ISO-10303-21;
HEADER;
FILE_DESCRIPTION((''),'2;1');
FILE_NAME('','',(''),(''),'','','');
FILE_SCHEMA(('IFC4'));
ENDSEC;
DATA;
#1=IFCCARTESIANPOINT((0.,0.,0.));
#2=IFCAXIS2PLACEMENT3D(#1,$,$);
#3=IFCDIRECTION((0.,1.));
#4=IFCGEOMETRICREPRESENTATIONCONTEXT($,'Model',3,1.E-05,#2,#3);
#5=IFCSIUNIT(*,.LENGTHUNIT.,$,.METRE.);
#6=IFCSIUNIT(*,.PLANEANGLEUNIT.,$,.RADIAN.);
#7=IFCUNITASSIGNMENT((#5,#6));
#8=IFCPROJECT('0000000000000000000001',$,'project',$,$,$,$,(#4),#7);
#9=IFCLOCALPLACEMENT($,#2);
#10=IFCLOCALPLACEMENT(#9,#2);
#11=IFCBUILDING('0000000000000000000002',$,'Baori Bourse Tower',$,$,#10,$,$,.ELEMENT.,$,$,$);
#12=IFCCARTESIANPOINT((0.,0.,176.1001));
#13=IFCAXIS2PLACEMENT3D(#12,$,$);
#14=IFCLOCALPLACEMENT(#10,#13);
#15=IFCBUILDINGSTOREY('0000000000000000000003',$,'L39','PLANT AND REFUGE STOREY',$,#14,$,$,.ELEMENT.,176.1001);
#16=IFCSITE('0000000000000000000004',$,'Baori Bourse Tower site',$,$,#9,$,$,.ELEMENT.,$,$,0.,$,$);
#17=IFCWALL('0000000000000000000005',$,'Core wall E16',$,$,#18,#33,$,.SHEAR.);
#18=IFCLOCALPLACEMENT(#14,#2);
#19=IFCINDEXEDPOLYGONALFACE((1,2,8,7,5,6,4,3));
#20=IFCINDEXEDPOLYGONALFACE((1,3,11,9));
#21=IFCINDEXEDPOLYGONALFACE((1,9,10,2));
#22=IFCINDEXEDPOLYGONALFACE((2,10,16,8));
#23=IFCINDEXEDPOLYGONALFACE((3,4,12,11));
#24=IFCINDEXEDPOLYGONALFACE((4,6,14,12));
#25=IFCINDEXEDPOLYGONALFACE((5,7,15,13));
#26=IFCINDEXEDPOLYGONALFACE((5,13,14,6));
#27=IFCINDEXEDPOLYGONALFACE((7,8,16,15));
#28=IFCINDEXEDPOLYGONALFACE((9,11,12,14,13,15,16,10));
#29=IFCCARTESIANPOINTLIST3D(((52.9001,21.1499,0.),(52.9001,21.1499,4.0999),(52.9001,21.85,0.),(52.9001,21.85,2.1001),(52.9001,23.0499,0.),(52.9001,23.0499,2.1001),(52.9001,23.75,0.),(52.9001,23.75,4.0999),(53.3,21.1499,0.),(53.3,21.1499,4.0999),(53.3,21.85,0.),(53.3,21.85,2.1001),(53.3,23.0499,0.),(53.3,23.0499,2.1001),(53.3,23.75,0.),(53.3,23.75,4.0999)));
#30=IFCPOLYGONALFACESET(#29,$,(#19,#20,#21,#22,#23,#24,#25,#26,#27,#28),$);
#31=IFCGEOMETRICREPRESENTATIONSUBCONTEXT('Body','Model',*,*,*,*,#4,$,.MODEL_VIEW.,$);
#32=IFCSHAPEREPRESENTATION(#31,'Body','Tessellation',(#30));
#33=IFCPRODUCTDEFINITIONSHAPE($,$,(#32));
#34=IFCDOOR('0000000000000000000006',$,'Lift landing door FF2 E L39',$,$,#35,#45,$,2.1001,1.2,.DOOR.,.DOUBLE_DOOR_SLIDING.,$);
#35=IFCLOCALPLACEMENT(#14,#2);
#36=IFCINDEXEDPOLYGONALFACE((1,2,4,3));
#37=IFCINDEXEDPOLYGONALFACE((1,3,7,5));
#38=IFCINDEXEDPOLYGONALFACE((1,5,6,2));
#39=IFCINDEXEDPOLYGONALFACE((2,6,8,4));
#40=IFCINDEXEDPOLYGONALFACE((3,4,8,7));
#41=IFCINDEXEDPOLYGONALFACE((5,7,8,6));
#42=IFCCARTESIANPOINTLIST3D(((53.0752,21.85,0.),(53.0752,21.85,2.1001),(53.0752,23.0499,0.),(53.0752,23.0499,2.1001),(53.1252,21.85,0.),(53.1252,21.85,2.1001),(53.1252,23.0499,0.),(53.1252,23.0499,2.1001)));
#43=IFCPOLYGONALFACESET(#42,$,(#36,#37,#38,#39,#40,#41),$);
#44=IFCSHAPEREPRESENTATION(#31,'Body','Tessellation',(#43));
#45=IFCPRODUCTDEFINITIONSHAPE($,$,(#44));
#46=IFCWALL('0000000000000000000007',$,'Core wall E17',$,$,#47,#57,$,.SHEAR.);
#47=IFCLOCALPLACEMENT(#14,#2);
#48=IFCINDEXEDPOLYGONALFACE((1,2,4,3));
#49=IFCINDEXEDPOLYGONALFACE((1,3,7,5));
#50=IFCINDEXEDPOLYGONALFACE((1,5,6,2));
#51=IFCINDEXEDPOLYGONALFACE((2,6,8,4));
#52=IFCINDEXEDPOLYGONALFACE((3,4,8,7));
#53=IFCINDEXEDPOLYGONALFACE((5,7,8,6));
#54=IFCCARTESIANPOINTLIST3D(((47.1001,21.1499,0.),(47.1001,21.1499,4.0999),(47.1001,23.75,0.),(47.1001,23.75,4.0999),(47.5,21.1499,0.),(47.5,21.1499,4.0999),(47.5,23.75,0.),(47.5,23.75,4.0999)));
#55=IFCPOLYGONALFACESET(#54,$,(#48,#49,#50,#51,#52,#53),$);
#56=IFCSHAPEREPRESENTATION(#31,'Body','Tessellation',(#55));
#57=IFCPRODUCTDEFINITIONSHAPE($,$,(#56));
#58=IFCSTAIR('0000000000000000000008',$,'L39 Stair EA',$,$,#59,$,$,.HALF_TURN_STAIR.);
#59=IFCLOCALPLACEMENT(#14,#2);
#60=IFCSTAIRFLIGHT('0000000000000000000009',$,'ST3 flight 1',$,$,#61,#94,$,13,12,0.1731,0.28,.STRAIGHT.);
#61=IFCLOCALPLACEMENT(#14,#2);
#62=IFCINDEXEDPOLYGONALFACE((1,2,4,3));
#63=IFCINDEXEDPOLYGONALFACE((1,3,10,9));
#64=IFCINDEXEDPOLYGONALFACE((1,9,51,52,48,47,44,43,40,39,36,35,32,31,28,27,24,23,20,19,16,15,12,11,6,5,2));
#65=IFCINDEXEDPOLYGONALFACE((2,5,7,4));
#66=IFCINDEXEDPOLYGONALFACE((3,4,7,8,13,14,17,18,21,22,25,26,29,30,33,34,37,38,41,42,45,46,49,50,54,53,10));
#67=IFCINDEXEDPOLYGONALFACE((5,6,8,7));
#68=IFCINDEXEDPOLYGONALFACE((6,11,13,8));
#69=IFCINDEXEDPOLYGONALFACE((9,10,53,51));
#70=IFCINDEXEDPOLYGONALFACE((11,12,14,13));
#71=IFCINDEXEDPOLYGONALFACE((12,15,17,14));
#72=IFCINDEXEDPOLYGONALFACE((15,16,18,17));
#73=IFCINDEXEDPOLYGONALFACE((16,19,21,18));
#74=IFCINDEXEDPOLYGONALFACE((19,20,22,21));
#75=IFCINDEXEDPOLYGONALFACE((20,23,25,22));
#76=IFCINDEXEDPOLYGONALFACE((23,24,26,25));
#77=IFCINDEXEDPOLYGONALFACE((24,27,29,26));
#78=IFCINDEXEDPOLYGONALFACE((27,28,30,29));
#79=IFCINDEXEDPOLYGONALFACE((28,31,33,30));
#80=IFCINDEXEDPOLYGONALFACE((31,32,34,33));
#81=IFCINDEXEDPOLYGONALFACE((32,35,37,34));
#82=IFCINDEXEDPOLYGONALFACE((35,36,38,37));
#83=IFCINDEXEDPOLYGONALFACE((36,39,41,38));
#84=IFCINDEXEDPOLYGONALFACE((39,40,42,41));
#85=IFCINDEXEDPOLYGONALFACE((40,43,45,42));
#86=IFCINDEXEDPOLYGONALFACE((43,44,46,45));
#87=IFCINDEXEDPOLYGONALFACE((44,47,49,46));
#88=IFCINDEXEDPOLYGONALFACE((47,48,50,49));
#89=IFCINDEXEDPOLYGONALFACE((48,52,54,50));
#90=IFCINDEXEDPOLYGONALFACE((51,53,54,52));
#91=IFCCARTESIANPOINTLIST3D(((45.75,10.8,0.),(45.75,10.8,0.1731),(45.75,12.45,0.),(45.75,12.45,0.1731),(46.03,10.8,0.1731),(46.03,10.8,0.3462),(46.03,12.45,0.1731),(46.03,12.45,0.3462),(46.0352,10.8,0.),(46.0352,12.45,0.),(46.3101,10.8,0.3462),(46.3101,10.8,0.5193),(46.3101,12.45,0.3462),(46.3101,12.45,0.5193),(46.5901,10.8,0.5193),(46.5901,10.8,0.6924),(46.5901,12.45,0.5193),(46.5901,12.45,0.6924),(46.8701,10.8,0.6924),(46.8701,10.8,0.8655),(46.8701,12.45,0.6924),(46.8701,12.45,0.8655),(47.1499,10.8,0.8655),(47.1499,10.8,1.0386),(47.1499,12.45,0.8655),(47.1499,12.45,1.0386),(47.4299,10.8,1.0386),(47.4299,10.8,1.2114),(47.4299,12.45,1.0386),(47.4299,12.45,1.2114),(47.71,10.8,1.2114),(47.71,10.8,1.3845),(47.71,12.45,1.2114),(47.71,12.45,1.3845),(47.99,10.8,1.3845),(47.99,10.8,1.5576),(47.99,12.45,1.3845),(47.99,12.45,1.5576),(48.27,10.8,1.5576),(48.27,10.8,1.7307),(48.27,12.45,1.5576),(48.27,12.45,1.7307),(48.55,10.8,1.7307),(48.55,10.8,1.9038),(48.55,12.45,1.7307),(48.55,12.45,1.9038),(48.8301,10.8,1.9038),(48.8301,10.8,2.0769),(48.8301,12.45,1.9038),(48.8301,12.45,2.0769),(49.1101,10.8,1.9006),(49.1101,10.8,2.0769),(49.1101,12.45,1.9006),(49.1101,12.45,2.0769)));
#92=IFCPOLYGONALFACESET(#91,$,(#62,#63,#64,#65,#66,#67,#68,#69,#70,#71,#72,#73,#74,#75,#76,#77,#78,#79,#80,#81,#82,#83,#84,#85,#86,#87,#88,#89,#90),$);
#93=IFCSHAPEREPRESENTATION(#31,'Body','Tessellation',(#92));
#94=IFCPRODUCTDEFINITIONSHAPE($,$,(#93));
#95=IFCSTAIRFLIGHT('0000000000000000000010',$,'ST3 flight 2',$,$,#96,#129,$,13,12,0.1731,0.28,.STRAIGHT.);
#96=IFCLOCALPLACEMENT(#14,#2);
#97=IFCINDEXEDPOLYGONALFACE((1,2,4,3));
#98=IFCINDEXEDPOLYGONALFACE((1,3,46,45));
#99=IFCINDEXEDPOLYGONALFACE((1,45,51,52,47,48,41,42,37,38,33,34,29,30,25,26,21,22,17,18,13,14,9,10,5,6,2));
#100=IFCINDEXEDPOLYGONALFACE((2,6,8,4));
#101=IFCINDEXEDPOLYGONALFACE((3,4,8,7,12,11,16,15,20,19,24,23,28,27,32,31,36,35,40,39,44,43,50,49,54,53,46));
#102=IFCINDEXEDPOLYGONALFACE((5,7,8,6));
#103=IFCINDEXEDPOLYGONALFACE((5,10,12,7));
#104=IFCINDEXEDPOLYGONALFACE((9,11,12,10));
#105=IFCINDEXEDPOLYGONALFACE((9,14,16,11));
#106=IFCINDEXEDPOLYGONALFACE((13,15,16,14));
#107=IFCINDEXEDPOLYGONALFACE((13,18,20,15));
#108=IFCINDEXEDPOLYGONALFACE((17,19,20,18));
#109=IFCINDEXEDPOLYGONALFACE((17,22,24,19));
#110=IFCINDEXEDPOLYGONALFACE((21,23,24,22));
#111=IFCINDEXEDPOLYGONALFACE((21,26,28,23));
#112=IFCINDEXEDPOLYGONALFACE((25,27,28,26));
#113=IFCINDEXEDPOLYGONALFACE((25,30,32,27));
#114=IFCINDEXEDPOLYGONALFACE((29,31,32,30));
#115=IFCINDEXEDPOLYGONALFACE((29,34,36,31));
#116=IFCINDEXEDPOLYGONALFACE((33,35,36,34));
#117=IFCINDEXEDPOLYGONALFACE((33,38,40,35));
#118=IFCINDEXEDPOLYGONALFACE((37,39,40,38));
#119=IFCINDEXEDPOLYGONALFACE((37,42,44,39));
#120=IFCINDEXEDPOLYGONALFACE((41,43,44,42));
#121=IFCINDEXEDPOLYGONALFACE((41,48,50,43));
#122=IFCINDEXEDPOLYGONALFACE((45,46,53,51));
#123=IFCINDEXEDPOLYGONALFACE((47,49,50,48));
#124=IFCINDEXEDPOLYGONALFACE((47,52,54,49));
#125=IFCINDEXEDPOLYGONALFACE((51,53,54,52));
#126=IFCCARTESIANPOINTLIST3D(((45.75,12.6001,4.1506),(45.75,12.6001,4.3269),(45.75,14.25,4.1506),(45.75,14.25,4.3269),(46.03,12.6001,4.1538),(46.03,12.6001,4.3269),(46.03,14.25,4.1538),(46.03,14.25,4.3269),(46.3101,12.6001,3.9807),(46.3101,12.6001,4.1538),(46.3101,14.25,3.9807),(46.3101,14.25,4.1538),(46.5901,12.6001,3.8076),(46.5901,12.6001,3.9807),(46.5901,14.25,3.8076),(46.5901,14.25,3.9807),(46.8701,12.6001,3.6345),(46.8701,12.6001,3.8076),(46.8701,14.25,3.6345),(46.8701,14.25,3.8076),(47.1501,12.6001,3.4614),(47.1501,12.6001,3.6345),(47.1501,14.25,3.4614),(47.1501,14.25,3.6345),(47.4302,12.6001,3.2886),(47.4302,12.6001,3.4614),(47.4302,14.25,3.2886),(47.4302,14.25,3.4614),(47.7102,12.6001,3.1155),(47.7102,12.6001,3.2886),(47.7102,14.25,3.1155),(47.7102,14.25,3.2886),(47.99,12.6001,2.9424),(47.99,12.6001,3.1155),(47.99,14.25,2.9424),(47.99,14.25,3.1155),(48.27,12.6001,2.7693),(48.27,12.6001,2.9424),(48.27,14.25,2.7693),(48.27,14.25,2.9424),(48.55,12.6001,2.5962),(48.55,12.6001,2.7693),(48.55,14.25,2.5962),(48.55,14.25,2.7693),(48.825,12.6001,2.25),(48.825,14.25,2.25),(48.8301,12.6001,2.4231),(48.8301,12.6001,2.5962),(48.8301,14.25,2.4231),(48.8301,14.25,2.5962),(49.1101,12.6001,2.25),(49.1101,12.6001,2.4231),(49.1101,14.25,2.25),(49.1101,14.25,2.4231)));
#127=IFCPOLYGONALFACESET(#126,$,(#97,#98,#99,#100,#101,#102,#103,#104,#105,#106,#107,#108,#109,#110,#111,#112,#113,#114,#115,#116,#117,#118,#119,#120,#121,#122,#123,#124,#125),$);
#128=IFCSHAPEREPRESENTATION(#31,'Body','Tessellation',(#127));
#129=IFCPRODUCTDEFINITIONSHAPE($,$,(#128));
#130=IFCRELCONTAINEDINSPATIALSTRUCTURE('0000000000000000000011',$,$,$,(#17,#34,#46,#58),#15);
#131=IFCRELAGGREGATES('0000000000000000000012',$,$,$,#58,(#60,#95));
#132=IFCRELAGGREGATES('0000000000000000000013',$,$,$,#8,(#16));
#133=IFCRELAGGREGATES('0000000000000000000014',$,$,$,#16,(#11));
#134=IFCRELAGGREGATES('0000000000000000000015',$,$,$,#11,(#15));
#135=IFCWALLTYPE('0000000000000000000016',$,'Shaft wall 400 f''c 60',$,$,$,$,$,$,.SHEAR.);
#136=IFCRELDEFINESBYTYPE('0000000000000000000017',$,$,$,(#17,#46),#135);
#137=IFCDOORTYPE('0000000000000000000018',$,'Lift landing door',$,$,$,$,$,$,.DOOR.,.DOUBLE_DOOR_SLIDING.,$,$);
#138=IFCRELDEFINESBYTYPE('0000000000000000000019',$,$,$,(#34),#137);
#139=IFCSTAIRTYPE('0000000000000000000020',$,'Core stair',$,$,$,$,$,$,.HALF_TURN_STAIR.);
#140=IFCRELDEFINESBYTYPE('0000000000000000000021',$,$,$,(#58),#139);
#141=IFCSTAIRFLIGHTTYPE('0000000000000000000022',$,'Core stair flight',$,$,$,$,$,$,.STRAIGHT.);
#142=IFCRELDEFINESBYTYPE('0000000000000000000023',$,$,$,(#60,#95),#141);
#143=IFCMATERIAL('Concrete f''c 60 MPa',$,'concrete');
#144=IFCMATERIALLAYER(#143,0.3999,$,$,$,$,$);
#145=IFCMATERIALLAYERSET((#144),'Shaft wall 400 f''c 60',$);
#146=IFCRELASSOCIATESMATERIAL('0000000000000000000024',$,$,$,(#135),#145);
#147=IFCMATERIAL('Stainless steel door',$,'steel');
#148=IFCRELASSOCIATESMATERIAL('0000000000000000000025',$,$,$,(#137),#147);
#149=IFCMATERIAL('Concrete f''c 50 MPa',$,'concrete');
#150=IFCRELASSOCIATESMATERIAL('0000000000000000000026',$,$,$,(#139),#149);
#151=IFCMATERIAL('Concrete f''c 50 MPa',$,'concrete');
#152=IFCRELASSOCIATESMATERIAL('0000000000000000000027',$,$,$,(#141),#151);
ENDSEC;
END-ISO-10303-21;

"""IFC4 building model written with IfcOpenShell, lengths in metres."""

from ifc_helpers import new_model, si_unit, direction, frame, frame_2d, origin, place, context, subcontext, project, spatial, polyline, rectangle, outline, extrude, material, layer, layer_set, type_object, element, fill, aggregate, save


model = new_model("IFC4")

# Units and contexts
model_context = context("Model", 3, precision=1e-05, world=origin(), true_north=direction((0.0, 1.0)))
body_context = subcontext(model_context, "Body", "Model", "MODEL_VIEW")
ifc_project = project(units=[si_unit("LENGTHUNIT", "METRE"), si_unit("PLANEANGLEUNIT", "RADIAN")], contexts=[model_context])

# Site, building, storey
site_placement = place(None, origin())
site = spatial("IfcSite", under=ifc_project, at=site_placement, Name="Baori Bourse Tower site", CompositionType="ELEMENT", RefElevation=0.0)
building_placement = place(site_placement, origin())
building = spatial("IfcBuilding", under=site, at=building_placement, Name="Baori Bourse Tower", CompositionType="ELEMENT")
storey_placement = place(building_placement, frame((0.0, 0.0, 176.1001)))
storey = spatial("IfcBuildingStorey", under=building, at=storey_placement, Name="L39", Description="PLANT AND REFUGE STOREY", CompositionType="ELEMENT", Elevation=176.1001)

# Shared definitions
ifc_material_1 = material(Name="Concrete f'c 60 MPa", Category="concrete")
ifc_layer_1 = layer(ifc_material_1, 0.3999)
ifc_layer_set_1 = layer_set([ifc_layer_1], Name="Shaft wall 400 f'c 60")
wall_type_1 = type_object("IfcWallType", Name="Shaft wall 400 f'c 60", PredefinedType="SHEAR", material=ifc_layer_set_1)

# Wall, opening, door
wall_1_placement = place(storey_placement, frame((53.1001, 21.1499, 0.0), z_axis=(0.0, 0.0, 1.0), x_axis=(0.0, 1.0, 0.0)))
wall_1 = element("IfcWall", 1, at=wall_1_placement, inside=storey, type_object=wall_type_1, Name="Core wall E16", PredefinedType="SHEAR", context=body_context, shape_type="SweptSolid", body=[
    extrude(rectangle(XDim=2.6001, YDim=0.3999, at=frame_2d((1.3, 0.0))), origin(), (0.0, 0.0, 1.0), 4.0999),
])
opening_1_placement = place(wall_1_placement, frame((0.7, 0.0, 0.0)))
opening_1 = element("IfcOpeningElement", 2, at=opening_1_placement, cuts=wall_1, PredefinedType="OPENING", context=body_context, shape_type="SweptSolid", body=[
    extrude(rectangle(XDim=1.2, YDim=2.1001, at=frame_2d((0.6001, 1.05))), frame((0.0, 0.21, 0.0), z_axis=(0.0, -1.0, 0.0), x_axis=(1.0, 0.0, 0.0)), (0.0, 0.0, 1.0), 0.4199),
])
ifc_material_2 = material(Name="Stainless steel door", Category="steel")
door_type_1 = type_object("IfcDoorType", Name="Lift landing door", OperationType="DOUBLE_DOOR_SLIDING", PredefinedType="DOOR", material=ifc_material_2)
door_1_placement = place(opening_1_placement, origin())
door_1 = element("IfcDoor", 3, at=door_1_placement, inside=storey, type_object=door_type_1, Name="Lift landing door FF2 E L39", OperationType="DOUBLE_DOOR_SLIDING", OverallHeight=2.1001, OverallWidth=1.2, PredefinedType="DOOR", context=body_context, shape_type="SweptSolid", body=[
    extrude(rectangle(XDim=1.2, YDim=2.1001, at=frame_2d((0.6001, 1.05))), frame((0.0, 0.0249, 0.0), z_axis=(0.0, -1.0, 0.0), x_axis=(1.0, 0.0, 0.0)), (0.0, 0.0, 1.0), 0.05),
])
fill(opening_1, door_1)

# Wall
wall_2_placement = place(storey_placement, frame((47.3, 21.1499, 0.0), z_axis=(0.0, 0.0, 1.0), x_axis=(0.0, 1.0, 0.0)))
element("IfcWall", 4, at=wall_2_placement, inside=storey, type_object=wall_type_1, Name="Core wall E17", PredefinedType="SHEAR", context=body_context, shape_type="SweptSolid", body=[
    extrude(rectangle(XDim=2.6001, YDim=0.3999, at=frame_2d((1.3, 0.0))), origin(), (0.0, 0.0, 1.0), 4.0999),
])

# Stair, stair flights
ifc_material_3 = material(Name="Concrete f'c 50 MPa", Category="concrete")
stair_type = type_object("IfcStairType", Name="Core stair", PredefinedType="HALF_TURN_STAIR", material=ifc_material_3)
stair_placement = place(storey_placement, origin())
stair = element("IfcStair", 5, at=stair_placement, inside=storey, type_object=stair_type, Name="L39 Stair EA", PredefinedType="HALF_TURN_STAIR")
ifc_material_4 = material(Name="Concrete f'c 50 MPa", Category="concrete")
stair_flight_type = type_object("IfcStairFlightType", Name="Core stair flight", PredefinedType="STRAIGHT", material=ifc_material_4)
stair_flight_1_placement = place(storey_placement, frame((45.75, 11.625, 0.0), z_axis=(0.0, 0.0, 1.0), x_axis=(1.0, 0.0, 0.0)))
stair_flight_1 = element("IfcStairFlight", 6, at=stair_flight_1_placement, type_object=stair_flight_type, Name="ST3 flight 1", NumberOfRisers=13, NumberOfTreads=12, PredefinedType="STRAIGHT", RiserHeight=0.1731, TreadLength=0.28, context=body_context, shape_type="SweptSolid", body=[
    extrude(outline(polyline([(0.0, 0.0), (0.0, 0.1731), (0.28, 0.1731), (0.28, 0.3462), (0.5601, 0.3462), (0.5601, 0.5193), (0.8401, 0.5193), (0.8401, 0.6924), (1.1201, 0.6924), (1.1201, 0.8655), (1.3999, 0.8655), (1.3999, 1.0386), (1.6799, 1.0386), (1.6799, 1.2114), (1.96, 1.2114), (1.96, 1.3845), (2.24, 1.3845), (2.24, 1.5576), (2.52, 1.5576), (2.52, 1.7307), (2.8, 1.7307), (2.8, 1.9038), (3.0801, 1.9038), (3.0801, 2.0769), (3.3601, 2.0769), (3.3601, 2.25), (3.3601, 1.9006), (0.2852, 0.0), (0.0, 0.0)])), frame((0.0, 0.825, 0.0), z_axis=(0.0, -1.0, 0.0), x_axis=(1.0, 0.0, 0.0)), (0.0, 0.0, 1.0), 1.6499),
])
stair_flight_2_placement = place(storey_placement, frame((49.1101, 13.425, 2.25), z_axis=(0.0, 0.0, 1.0), x_axis=(-1.0, 0.0, 0.0)))
stair_flight_2 = element("IfcStairFlight", 7, at=stair_flight_2_placement, type_object=stair_flight_type, Name="ST3 flight 2", NumberOfRisers=13, NumberOfTreads=12, PredefinedType="STRAIGHT", RiserHeight=0.1731, TreadLength=0.28, context=body_context, shape_type="SweptSolid", body=[
    extrude(outline(polyline([(0.0, 0.0), (0.0, 0.1731), (0.28, 0.1731), (0.28, 0.3462), (0.5601, 0.3462), (0.5601, 0.5193), (0.8401, 0.5193), (0.8401, 0.6924), (1.1201, 0.6924), (1.1201, 0.8655), (1.3999, 0.8655), (1.3999, 1.0386), (1.6799, 1.0386), (1.6799, 1.2114), (1.96, 1.2114), (1.96, 1.3845), (2.24, 1.3845), (2.24, 1.5576), (2.52, 1.5576), (2.52, 1.7307), (2.8, 1.7307), (2.8, 1.9038), (3.0801, 1.9038), (3.0801, 2.0769), (3.3601, 2.0769), (3.3601, 2.25), (3.3601, 1.9006), (0.2852, 0.0), (0.0, 0.0)])), frame((0.0, 0.825, 0.0), z_axis=(0.0, -1.0, 0.0), x_axis=(1.0, 0.0, 0.0)), (0.0, 0.0, 1.0), 1.6499),
])
aggregate(stair, [stair_flight_1, stair_flight_2])

save(model, "model.ifc")
